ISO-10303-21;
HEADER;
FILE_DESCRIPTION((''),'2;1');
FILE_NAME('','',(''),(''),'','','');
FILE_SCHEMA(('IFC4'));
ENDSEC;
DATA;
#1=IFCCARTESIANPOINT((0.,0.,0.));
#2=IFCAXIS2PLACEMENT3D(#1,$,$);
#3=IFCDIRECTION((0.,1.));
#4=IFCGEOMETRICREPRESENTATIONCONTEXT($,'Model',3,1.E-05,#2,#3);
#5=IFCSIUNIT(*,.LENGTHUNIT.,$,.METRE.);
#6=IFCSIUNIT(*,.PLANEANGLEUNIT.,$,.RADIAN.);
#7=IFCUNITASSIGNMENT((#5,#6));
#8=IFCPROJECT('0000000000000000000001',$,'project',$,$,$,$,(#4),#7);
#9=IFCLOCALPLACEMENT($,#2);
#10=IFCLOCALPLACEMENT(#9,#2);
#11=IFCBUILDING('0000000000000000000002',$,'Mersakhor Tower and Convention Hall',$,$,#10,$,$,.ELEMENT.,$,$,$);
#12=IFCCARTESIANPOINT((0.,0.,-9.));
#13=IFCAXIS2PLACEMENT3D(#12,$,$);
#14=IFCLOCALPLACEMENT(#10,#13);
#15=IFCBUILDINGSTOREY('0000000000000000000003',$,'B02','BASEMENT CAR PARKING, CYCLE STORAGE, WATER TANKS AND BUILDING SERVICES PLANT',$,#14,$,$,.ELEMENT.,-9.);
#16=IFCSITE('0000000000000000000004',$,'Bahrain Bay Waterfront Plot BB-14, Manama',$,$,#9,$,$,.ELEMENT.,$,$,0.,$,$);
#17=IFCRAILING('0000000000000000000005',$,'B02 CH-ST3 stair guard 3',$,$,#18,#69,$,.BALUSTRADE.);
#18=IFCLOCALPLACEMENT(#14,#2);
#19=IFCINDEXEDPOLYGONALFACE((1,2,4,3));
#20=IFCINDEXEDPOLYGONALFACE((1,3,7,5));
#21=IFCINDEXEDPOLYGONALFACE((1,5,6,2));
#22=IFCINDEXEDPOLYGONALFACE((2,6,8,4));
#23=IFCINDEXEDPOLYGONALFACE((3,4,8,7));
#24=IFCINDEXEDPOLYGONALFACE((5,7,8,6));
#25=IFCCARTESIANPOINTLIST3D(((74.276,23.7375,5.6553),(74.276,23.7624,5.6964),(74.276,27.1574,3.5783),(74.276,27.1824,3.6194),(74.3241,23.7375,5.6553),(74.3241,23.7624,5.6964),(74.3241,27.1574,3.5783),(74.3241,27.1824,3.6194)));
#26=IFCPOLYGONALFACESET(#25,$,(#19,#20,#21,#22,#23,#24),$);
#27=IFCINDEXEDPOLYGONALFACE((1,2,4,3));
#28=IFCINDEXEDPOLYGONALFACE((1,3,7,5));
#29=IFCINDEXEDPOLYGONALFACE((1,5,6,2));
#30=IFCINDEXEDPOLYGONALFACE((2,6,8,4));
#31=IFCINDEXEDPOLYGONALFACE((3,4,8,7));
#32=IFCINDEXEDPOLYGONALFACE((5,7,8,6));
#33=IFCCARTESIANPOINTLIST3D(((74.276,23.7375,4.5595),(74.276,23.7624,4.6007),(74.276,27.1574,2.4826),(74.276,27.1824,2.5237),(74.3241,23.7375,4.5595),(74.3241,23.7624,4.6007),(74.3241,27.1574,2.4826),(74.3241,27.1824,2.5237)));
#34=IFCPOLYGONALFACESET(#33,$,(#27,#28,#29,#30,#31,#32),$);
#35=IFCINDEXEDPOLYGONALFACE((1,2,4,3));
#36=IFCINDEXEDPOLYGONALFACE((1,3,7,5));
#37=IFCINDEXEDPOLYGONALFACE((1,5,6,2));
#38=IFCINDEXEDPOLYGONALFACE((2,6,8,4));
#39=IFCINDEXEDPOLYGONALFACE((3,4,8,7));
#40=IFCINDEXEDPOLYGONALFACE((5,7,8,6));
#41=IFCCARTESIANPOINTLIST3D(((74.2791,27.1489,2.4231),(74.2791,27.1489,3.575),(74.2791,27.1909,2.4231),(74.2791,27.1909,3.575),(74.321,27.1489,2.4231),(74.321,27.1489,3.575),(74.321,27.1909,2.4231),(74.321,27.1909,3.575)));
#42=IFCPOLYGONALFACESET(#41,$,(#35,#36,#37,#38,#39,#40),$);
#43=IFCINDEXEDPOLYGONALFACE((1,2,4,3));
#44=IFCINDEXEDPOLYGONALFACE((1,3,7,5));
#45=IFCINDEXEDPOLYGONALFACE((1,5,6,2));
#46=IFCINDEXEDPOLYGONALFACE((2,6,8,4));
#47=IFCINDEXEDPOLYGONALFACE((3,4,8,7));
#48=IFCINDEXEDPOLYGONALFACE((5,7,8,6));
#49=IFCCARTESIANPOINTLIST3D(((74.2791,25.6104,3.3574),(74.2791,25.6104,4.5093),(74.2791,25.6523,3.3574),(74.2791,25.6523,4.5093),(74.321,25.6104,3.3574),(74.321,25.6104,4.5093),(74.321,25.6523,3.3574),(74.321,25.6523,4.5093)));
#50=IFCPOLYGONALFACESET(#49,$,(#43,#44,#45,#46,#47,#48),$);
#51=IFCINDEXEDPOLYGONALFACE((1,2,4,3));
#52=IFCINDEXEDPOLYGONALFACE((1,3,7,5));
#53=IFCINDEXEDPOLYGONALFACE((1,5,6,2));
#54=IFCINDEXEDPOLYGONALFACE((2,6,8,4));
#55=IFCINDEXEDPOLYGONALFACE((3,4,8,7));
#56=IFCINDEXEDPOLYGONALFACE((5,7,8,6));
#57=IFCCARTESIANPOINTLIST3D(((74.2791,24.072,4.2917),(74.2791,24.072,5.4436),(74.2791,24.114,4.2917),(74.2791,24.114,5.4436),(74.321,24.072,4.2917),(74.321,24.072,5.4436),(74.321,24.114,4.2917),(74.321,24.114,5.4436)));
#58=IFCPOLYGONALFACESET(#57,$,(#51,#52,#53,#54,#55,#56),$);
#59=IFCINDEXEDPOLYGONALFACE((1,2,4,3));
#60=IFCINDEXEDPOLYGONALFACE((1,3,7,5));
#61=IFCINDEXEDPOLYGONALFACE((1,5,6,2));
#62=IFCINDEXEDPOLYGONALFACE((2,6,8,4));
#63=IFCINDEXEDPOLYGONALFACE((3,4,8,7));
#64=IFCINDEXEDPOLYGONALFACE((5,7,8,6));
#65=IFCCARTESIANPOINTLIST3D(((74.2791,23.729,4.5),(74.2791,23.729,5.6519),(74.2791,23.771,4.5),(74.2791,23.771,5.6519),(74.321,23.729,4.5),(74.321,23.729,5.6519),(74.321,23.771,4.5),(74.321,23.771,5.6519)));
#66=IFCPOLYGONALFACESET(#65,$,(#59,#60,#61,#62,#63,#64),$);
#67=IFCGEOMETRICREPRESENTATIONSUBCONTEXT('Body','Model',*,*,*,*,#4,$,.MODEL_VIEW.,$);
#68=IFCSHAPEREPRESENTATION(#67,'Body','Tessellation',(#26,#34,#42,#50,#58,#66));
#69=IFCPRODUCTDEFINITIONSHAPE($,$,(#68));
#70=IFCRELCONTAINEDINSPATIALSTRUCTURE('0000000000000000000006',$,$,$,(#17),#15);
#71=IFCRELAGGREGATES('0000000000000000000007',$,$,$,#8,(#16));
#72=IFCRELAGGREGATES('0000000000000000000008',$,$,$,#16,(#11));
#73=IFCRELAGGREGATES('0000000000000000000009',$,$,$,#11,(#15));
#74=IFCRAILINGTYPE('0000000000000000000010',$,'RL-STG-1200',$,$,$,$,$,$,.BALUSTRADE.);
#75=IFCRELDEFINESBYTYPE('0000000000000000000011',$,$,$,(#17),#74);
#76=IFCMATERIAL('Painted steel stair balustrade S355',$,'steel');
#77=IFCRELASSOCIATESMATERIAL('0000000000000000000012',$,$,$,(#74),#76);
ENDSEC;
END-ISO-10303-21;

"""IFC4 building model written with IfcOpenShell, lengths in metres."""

from ifc_helpers import new_model, si_unit, direction, frame, origin, origin_2d, place, context, subcontext, project, spatial, rectangle, extrude, material, type_object, element, save


model = new_model("IFC4")

# Units and contexts
model_context = context("Model", 3, precision=1e-05, world=origin(), true_north=direction((0.0, 1.0)))
body_context = subcontext(model_context, "Body", "Model", "MODEL_VIEW")
ifc_project = project(units=[si_unit("LENGTHUNIT", "METRE"), si_unit("PLANEANGLEUNIT", "RADIAN")], contexts=[model_context])

# Site, building, storey
site_placement = place(None, origin())
site = spatial("IfcSite", under=ifc_project, at=site_placement, Name="Bahrain Bay Waterfront Plot BB-14, Manama", CompositionType="ELEMENT", RefElevation=0.0)
building_placement = place(site_placement, origin())
building = spatial("IfcBuilding", under=site, at=building_placement, Name="Mersakhor Tower and Convention Hall", CompositionType="ELEMENT")
storey_placement = place(building_placement, frame((0.0, 0.0, -9.0)))
storey = spatial("IfcBuildingStorey", under=building, at=storey_placement, Name="B02", Description="BASEMENT CAR PARKING, CYCLE STORAGE, WATER TANKS AND BUILDING SERVICES PLANT", CompositionType="ELEMENT", Elevation=-9.0)

# Railing
ifc_material_1 = material(Name="Painted steel stair balustrade S355", Category="steel")
railing_type_1 = type_object("IfcRailingType", Name="RL-STG-1200", PredefinedType="BALUSTRADE", material=ifc_material_1)
railing_1_placement = place(storey_placement, frame((74.3, 27.1699, 2.4231)))
element("IfcRailing", 1, at=railing_1_placement, inside=storey, type_object=railing_type_1, Name="B02 CH-ST3 stair guard 3", PredefinedType="BALUSTRADE", context=body_context, shape_type="SweptSolid", body=[
    extrude(rectangle(XDim=0.0481, YDim=0.0481, at=origin_2d()), frame((0.0, 0.0, 1.1758), z_axis=(0.0, -0.85473, 0.519074), x_axis=(1.0, 0.0, 0.0)), (0.0, 0.0, 1.0), 4.0012),
    extrude(rectangle(XDim=0.0481, YDim=0.0481, at=origin_2d()), frame((0.0, 0.0, 0.0801), z_axis=(0.0, -0.85473, 0.519074), x_axis=(1.0, 0.0, 0.0)), (0.0, 0.0, 1.0), 4.0012),
    extrude(rectangle(XDim=0.042, YDim=0.042, at=origin_2d()), origin(), (0.0, 0.0, 1.0), 1.1519),
    extrude(rectangle(XDim=0.042, YDim=0.042, at=origin_2d()), frame((0.0, -1.5386, 0.9343)), (0.0, 0.0, 1.0), 1.1519),
    extrude(rectangle(XDim=0.042, YDim=0.042, at=origin_2d()), frame((0.0, -3.0769, 1.8687)), (0.0, 0.0, 1.0), 1.1519),
    extrude(rectangle(XDim=0.042, YDim=0.042, at=origin_2d()), frame((0.0, -3.4199, 2.0769)), (0.0, 0.0, 1.0), 1.1519),
])

save(model, "model.ifc")
